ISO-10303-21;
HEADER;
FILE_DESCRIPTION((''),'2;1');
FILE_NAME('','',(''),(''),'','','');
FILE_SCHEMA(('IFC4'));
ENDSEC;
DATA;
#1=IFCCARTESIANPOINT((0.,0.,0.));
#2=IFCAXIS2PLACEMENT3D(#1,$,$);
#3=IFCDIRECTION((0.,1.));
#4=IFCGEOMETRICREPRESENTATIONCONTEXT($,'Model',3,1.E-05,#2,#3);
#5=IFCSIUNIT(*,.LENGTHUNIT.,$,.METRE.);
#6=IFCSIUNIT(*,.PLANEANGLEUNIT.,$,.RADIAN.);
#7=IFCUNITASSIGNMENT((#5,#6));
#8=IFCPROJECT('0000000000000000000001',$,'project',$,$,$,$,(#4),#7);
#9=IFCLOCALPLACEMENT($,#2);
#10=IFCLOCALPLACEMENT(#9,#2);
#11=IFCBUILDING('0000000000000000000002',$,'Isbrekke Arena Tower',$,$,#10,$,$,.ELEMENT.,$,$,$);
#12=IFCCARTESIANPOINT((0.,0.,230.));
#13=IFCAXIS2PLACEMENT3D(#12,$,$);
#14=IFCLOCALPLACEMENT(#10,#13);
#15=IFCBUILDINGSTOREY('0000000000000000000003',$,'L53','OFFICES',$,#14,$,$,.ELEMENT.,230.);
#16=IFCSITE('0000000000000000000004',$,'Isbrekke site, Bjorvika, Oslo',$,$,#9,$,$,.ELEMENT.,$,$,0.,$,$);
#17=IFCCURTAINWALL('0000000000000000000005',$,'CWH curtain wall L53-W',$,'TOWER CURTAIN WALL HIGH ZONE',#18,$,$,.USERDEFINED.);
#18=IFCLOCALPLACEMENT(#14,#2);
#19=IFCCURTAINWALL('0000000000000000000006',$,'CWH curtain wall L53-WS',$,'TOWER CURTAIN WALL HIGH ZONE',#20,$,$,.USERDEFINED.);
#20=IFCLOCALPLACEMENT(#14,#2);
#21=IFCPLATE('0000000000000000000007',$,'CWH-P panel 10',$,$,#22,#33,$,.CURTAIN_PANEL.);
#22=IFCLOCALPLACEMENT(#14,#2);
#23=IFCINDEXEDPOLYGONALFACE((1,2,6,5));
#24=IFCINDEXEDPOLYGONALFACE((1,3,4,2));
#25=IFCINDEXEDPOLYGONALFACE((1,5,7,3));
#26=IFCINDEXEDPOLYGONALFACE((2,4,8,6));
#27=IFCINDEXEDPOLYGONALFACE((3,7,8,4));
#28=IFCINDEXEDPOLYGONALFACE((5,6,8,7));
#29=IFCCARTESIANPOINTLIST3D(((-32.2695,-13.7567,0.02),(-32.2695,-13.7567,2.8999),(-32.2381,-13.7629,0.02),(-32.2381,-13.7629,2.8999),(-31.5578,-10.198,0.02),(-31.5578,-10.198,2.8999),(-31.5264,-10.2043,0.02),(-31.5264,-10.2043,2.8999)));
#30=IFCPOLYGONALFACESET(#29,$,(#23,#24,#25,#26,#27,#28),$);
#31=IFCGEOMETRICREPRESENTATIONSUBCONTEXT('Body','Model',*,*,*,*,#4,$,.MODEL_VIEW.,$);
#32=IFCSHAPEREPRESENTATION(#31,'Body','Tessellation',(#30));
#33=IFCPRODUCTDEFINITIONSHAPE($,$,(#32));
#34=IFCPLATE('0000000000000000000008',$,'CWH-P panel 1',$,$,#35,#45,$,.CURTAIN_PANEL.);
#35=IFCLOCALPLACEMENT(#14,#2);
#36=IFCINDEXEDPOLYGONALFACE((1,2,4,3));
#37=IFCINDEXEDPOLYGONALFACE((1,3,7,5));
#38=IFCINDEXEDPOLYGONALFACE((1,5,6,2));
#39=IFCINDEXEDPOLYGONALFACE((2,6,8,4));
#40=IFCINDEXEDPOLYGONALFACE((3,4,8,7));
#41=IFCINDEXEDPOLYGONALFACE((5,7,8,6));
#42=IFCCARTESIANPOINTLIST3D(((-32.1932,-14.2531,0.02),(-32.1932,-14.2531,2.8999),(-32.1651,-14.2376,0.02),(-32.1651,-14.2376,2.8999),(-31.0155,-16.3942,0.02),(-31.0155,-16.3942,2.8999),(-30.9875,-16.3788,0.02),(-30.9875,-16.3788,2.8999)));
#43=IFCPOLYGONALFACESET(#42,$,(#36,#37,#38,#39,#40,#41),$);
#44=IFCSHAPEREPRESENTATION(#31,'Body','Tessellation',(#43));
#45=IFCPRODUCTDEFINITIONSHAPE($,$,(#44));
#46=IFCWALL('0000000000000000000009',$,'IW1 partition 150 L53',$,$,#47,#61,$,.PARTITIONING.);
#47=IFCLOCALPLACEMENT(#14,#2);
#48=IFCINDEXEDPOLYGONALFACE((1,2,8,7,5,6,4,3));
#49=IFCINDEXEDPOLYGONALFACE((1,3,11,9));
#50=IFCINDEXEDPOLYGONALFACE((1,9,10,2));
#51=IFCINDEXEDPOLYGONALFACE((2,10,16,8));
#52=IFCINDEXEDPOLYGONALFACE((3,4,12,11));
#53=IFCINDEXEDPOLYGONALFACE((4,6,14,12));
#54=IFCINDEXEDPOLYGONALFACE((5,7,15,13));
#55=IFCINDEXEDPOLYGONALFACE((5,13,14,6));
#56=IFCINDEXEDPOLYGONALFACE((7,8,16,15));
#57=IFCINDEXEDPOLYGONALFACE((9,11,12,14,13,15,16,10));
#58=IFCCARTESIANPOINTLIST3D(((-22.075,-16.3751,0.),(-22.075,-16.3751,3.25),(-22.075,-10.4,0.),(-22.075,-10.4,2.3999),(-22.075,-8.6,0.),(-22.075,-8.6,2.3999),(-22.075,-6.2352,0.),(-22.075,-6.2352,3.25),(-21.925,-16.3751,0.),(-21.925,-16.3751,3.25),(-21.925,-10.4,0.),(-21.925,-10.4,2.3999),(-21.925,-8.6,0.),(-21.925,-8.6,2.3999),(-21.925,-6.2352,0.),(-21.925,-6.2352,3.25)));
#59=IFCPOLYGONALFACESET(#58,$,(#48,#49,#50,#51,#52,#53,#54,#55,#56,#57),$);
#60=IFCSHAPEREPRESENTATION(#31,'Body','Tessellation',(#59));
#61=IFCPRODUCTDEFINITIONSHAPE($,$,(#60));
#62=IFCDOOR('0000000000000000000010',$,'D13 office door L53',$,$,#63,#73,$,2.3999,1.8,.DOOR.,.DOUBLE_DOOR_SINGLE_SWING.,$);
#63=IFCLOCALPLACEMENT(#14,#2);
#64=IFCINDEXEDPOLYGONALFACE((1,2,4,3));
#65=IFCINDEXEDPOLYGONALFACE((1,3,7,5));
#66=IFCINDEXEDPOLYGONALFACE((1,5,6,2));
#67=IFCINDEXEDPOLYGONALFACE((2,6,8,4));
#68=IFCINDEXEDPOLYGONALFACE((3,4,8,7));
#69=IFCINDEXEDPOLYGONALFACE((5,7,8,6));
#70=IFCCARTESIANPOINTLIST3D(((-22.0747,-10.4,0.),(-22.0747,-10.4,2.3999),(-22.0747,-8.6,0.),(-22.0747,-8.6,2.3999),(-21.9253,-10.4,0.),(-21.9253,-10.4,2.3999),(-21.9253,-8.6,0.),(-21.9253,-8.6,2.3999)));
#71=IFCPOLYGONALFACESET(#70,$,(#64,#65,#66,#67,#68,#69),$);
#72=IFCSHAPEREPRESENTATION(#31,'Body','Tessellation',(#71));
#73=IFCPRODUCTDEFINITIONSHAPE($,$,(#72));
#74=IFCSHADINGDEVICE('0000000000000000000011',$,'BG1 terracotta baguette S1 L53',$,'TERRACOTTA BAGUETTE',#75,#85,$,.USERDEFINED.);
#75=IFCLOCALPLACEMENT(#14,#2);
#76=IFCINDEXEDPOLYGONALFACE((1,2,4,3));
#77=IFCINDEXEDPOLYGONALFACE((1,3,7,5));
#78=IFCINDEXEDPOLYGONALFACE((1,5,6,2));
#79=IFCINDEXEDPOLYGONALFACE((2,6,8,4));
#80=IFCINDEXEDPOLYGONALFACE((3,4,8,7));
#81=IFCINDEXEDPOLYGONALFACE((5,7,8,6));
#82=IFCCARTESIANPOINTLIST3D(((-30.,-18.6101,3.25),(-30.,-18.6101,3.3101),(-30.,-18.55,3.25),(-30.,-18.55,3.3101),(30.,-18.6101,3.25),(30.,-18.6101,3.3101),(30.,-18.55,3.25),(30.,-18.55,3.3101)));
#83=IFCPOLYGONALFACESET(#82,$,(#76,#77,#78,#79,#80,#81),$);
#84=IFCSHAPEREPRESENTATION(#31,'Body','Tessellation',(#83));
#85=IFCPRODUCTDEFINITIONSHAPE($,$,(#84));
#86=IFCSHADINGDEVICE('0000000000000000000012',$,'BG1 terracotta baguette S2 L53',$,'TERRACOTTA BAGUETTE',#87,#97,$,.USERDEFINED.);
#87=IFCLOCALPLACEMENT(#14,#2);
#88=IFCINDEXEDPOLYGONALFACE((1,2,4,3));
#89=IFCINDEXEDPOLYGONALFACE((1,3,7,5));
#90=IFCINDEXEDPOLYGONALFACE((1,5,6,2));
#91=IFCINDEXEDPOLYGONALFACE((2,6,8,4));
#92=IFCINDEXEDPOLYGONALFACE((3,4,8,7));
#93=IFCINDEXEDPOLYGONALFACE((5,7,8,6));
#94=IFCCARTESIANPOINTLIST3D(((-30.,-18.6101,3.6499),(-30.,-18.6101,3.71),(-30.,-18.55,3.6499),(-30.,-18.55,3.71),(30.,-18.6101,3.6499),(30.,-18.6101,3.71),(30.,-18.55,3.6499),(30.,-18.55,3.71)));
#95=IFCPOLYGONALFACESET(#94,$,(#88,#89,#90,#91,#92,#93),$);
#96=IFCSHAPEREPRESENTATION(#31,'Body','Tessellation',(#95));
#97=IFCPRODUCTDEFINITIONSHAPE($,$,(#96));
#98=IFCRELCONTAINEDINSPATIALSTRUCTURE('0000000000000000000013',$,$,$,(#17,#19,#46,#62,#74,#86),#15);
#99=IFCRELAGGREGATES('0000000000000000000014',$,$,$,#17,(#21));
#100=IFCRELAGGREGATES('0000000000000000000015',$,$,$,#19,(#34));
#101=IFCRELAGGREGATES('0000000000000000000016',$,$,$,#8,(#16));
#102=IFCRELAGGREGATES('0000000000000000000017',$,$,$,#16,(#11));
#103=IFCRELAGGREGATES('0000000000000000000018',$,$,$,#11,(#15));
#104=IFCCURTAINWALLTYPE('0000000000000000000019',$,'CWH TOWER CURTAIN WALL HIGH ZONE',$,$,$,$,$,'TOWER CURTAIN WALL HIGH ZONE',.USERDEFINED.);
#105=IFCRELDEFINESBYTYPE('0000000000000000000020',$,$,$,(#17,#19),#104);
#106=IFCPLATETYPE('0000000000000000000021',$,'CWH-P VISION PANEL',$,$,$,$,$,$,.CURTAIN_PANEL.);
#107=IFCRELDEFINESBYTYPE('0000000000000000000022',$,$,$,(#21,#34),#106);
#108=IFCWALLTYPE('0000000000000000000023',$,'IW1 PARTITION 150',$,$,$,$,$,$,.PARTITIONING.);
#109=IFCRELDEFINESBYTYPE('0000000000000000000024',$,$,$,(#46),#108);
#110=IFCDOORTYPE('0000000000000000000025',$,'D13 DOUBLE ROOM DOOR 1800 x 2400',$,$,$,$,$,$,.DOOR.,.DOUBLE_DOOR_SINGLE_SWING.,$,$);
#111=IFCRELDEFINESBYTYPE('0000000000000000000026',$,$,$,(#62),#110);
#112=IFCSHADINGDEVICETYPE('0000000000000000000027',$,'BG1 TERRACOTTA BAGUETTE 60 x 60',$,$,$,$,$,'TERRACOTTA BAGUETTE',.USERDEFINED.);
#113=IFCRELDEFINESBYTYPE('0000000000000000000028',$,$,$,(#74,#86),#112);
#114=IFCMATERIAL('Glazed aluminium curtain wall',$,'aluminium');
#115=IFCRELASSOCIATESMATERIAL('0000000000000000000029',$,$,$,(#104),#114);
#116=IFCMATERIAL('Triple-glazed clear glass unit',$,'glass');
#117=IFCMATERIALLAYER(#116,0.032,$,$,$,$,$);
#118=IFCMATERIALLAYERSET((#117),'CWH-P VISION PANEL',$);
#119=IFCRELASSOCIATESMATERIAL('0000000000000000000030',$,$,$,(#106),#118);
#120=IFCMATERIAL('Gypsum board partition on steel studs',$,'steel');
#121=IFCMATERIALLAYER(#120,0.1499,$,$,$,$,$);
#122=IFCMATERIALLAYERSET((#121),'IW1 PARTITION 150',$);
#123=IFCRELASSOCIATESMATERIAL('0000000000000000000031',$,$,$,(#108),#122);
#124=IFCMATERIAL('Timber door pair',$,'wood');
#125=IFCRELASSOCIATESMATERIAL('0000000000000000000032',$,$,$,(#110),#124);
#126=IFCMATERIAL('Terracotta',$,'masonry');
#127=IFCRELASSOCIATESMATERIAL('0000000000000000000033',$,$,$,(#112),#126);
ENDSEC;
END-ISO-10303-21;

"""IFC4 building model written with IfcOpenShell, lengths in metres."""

from ifc_helpers import new_model, si_unit, direction, frame, frame_2d, origin, origin_2d, place, context, subcontext, project, spatial, rectangle, extrude, material, layer, layer_set, material_profile, profile_set, type_object, element, fill, aggregate, save


model = new_model("IFC4")

# Units and contexts
model_context = context("Model", 3, precision=1e-05, world=origin(), true_north=direction((0.0, 1.0)))
body_context = subcontext(model_context, "Body", "Model", "MODEL_VIEW")
ifc_project = project(units=[si_unit("LENGTHUNIT", "METRE"), si_unit("PLANEANGLEUNIT", "RADIAN")], contexts=[model_context])

# Site, building, storey
site_placement = place(None, origin())
site = spatial("IfcSite", under=ifc_project, at=site_placement, Name="Isbrekke site, Bjorvika, Oslo", CompositionType="ELEMENT", RefElevation=0.0)
building_placement = place(site_placement, origin())
building = spatial("IfcBuilding", under=site, at=building_placement, Name="Isbrekke Arena Tower", CompositionType="ELEMENT")
storey_placement = place(building_placement, frame((0.0, 0.0, 230.0)))
storey = spatial("IfcBuildingStorey", under=building, at=storey_placement, Name="L53", Description="OFFICES", CompositionType="ELEMENT", Elevation=230.0)

# Shared definitions
ifc_material_1 = material(Name="Glazed aluminium curtain wall", Category="aluminium")
curtain_wall_type = type_object("IfcCurtainWallType", Name="CWH TOWER CURTAIN WALL HIGH ZONE", ElementType="TOWER CURTAIN WALL HIGH ZONE", PredefinedType="USERDEFINED", material=ifc_material_1)

# Curtain walls
curtain_wall_1_placement = place(storey_placement, origin())
curtain_wall_1 = element("IfcCurtainWall", 1, at=curtain_wall_1_placement, inside=storey, type_object=curtain_wall_type, Name="CWH curtain wall L53-W", ObjectType="TOWER CURTAIN WALL HIGH ZONE", PredefinedType="USERDEFINED")
curtain_wall_2_placement = place(storey_placement, origin())
curtain_wall_2 = element("IfcCurtainWall", 2, at=curtain_wall_2_placement, inside=storey, type_object=curtain_wall_type, Name="CWH curtain wall L53-WS", ObjectType="TOWER CURTAIN WALL HIGH ZONE", PredefinedType="USERDEFINED")

# Plates
ifc_material_2 = material(Name="Triple-glazed clear glass unit", Category="glass")
ifc_layer_1 = layer(ifc_material_2, 0.032)
ifc_layer_set_1 = layer_set([ifc_layer_1], Name="CWH-P VISION PANEL")
plate_type = type_object("IfcPlateType", Name="CWH-P VISION PANEL", PredefinedType="CURTAIN_PANEL", material=ifc_layer_set_1)
plate_1_placement = place(storey_placement, frame((-31.8979, -11.9805, 0.02), z_axis=(0.0, 0.0, 1.0), x_axis=(-0.196116, -0.980581, 0.0)))
plate_1 = element("IfcPlate", 3, at=plate_1_placement, type_object=plate_type, Name="CWH-P panel 10", PredefinedType="CURTAIN_PANEL", context=body_context, shape_type="SweptSolid", body=[
    extrude(rectangle(XDim=3.6292, YDim=0.032, at=origin_2d()), origin(), (0.0, 0.0, 1.0), 2.8799),
])
aggregate(curtain_wall_1, [plate_1])
plate_2_placement = place(storey_placement, frame((-31.5903, -15.3159, 0.02), z_axis=(0.0, 0.0, 1.0), x_axis=(0.481919, -0.876216, 0.0)))
plate_2 = element("IfcPlate", 4, at=plate_2_placement, type_object=plate_type, Name="CWH-P panel 1", PredefinedType="CURTAIN_PANEL", context=body_context, shape_type="SweptSolid", body=[
    extrude(rectangle(XDim=2.4436, YDim=0.032, at=origin_2d()), origin(), (0.0, 0.0, 1.0), 2.8799),
])
aggregate(curtain_wall_2, [plate_2])

# Wall, opening, door
ifc_material_3 = material(Name="Gypsum board partition on steel studs", Category="steel")
ifc_layer_2 = layer(ifc_material_3, 0.1499)
ifc_layer_set_2 = layer_set([ifc_layer_2], Name="IW1 PARTITION 150")
wall_type = type_object("IfcWallType", Name="IW1 PARTITION 150", PredefinedType="PARTITIONING", material=ifc_layer_set_2)
wall_placement = place(storey_placement, frame((-22.0, -16.375, 0.0), z_axis=(0.0, 0.0, 1.0), x_axis=(0.0, 1.0, 0.0)))
wall = element("IfcWall", 5, at=wall_placement, inside=storey, type_object=wall_type, Name="IW1 partition 150 L53", PredefinedType="PARTITIONING", context=body_context, shape_type="SweptSolid", body=[
    extrude(rectangle(XDim=10.1399, YDim=0.1499, at=frame_2d((5.0698, 0.0))), origin(), (0.0, 0.0, 1.0), 3.25),
])
opening_placement = place(wall_placement, frame((5.9751, 0.0, 0.0)))
opening = element("IfcOpeningElement", 6, at=opening_placement, cuts=wall, PredefinedType="OPENING", context=body_context, shape_type="SweptSolid", body=[
    extrude(rectangle(XDim=1.8, YDim=2.3999, at=frame_2d((0.8999, 1.2))), frame((0.0, 0.0898, 0.0), z_axis=(0.0, -1.0, 0.0), x_axis=(1.0, 0.0, 0.0)), (0.0, 0.0, 1.0), 0.1797),
])
ifc_material_4 = material(Name="Timber door pair", Category="wood")
door_type = type_object("IfcDoorType", Name="D13 DOUBLE ROOM DOOR 1800 x 2400", OperationType="DOUBLE_DOOR_SINGLE_SWING", PredefinedType="DOOR", material=ifc_material_4)
door_placement = place(opening_placement, origin())
door = element("IfcDoor", 7, at=door_placement, inside=storey, type_object=door_type, Name="D13 office door L53", OperationType="DOUBLE_DOOR_SINGLE_SWING", OverallHeight=2.3999, OverallWidth=1.8, PredefinedType="DOOR", context=body_context, shape_type="SweptSolid", body=[
    extrude(rectangle(XDim=1.8, YDim=2.3999, at=frame_2d((0.8999, 1.2))), frame((0.0, 0.0747, 0.0), z_axis=(0.0, -1.0, 0.0), x_axis=(1.0, 0.0, 0.0)), (0.0, 0.0, 1.0), 0.1494),
])
fill(opening, door)

# Shading devices
ifc_material_5 = material(Name="Terracotta", Category="masonry")
ifc_material_profile_1 = material_profile(ifc_material_5, rectangle(XDim=0.0601, YDim=0.0601, at=origin_2d()), Name="BAGUETTE 60X60")
ifc_profile_set_1 = profile_set([ifc_material_profile_1], Name="Terracotta")
shading_device_type = type_object("IfcShadingDeviceType", Name="BG1 TERRACOTTA BAGUETTE 60 x 60", ElementType="TERRACOTTA BAGUETTE", PredefinedType="USERDEFINED", material=ifc_profile_set_1)
for number, where, z_axis, x_axis, name in (
    (8, (-30.0, -18.5801, 3.28), (1.0, 0.0, 0.0), (0.0, 1.0, 0.0), "BG1 terracotta baguette S1 L53"),
    (9, (-30.0, -18.5801, 3.6799), (1.0, 0.0, 0.0), (0.0, 1.0, 0.0), "BG1 terracotta baguette S2 L53"),
):
    element("IfcShadingDevice", number, at=place(storey_placement, frame(where, z_axis=z_axis, x_axis=x_axis)), inside=storey, type_object=shading_device_type, Name=name, ObjectType="TERRACOTTA BAGUETTE", PredefinedType="USERDEFINED", context=body_context, shape_type="SweptSolid", body=[
        extrude(rectangle(XDim=0.0601, YDim=0.0601, at=origin_2d()), origin(), (0.0, 0.0, 1.0), 60.0),
    ])

save(model, "model.ifc")
